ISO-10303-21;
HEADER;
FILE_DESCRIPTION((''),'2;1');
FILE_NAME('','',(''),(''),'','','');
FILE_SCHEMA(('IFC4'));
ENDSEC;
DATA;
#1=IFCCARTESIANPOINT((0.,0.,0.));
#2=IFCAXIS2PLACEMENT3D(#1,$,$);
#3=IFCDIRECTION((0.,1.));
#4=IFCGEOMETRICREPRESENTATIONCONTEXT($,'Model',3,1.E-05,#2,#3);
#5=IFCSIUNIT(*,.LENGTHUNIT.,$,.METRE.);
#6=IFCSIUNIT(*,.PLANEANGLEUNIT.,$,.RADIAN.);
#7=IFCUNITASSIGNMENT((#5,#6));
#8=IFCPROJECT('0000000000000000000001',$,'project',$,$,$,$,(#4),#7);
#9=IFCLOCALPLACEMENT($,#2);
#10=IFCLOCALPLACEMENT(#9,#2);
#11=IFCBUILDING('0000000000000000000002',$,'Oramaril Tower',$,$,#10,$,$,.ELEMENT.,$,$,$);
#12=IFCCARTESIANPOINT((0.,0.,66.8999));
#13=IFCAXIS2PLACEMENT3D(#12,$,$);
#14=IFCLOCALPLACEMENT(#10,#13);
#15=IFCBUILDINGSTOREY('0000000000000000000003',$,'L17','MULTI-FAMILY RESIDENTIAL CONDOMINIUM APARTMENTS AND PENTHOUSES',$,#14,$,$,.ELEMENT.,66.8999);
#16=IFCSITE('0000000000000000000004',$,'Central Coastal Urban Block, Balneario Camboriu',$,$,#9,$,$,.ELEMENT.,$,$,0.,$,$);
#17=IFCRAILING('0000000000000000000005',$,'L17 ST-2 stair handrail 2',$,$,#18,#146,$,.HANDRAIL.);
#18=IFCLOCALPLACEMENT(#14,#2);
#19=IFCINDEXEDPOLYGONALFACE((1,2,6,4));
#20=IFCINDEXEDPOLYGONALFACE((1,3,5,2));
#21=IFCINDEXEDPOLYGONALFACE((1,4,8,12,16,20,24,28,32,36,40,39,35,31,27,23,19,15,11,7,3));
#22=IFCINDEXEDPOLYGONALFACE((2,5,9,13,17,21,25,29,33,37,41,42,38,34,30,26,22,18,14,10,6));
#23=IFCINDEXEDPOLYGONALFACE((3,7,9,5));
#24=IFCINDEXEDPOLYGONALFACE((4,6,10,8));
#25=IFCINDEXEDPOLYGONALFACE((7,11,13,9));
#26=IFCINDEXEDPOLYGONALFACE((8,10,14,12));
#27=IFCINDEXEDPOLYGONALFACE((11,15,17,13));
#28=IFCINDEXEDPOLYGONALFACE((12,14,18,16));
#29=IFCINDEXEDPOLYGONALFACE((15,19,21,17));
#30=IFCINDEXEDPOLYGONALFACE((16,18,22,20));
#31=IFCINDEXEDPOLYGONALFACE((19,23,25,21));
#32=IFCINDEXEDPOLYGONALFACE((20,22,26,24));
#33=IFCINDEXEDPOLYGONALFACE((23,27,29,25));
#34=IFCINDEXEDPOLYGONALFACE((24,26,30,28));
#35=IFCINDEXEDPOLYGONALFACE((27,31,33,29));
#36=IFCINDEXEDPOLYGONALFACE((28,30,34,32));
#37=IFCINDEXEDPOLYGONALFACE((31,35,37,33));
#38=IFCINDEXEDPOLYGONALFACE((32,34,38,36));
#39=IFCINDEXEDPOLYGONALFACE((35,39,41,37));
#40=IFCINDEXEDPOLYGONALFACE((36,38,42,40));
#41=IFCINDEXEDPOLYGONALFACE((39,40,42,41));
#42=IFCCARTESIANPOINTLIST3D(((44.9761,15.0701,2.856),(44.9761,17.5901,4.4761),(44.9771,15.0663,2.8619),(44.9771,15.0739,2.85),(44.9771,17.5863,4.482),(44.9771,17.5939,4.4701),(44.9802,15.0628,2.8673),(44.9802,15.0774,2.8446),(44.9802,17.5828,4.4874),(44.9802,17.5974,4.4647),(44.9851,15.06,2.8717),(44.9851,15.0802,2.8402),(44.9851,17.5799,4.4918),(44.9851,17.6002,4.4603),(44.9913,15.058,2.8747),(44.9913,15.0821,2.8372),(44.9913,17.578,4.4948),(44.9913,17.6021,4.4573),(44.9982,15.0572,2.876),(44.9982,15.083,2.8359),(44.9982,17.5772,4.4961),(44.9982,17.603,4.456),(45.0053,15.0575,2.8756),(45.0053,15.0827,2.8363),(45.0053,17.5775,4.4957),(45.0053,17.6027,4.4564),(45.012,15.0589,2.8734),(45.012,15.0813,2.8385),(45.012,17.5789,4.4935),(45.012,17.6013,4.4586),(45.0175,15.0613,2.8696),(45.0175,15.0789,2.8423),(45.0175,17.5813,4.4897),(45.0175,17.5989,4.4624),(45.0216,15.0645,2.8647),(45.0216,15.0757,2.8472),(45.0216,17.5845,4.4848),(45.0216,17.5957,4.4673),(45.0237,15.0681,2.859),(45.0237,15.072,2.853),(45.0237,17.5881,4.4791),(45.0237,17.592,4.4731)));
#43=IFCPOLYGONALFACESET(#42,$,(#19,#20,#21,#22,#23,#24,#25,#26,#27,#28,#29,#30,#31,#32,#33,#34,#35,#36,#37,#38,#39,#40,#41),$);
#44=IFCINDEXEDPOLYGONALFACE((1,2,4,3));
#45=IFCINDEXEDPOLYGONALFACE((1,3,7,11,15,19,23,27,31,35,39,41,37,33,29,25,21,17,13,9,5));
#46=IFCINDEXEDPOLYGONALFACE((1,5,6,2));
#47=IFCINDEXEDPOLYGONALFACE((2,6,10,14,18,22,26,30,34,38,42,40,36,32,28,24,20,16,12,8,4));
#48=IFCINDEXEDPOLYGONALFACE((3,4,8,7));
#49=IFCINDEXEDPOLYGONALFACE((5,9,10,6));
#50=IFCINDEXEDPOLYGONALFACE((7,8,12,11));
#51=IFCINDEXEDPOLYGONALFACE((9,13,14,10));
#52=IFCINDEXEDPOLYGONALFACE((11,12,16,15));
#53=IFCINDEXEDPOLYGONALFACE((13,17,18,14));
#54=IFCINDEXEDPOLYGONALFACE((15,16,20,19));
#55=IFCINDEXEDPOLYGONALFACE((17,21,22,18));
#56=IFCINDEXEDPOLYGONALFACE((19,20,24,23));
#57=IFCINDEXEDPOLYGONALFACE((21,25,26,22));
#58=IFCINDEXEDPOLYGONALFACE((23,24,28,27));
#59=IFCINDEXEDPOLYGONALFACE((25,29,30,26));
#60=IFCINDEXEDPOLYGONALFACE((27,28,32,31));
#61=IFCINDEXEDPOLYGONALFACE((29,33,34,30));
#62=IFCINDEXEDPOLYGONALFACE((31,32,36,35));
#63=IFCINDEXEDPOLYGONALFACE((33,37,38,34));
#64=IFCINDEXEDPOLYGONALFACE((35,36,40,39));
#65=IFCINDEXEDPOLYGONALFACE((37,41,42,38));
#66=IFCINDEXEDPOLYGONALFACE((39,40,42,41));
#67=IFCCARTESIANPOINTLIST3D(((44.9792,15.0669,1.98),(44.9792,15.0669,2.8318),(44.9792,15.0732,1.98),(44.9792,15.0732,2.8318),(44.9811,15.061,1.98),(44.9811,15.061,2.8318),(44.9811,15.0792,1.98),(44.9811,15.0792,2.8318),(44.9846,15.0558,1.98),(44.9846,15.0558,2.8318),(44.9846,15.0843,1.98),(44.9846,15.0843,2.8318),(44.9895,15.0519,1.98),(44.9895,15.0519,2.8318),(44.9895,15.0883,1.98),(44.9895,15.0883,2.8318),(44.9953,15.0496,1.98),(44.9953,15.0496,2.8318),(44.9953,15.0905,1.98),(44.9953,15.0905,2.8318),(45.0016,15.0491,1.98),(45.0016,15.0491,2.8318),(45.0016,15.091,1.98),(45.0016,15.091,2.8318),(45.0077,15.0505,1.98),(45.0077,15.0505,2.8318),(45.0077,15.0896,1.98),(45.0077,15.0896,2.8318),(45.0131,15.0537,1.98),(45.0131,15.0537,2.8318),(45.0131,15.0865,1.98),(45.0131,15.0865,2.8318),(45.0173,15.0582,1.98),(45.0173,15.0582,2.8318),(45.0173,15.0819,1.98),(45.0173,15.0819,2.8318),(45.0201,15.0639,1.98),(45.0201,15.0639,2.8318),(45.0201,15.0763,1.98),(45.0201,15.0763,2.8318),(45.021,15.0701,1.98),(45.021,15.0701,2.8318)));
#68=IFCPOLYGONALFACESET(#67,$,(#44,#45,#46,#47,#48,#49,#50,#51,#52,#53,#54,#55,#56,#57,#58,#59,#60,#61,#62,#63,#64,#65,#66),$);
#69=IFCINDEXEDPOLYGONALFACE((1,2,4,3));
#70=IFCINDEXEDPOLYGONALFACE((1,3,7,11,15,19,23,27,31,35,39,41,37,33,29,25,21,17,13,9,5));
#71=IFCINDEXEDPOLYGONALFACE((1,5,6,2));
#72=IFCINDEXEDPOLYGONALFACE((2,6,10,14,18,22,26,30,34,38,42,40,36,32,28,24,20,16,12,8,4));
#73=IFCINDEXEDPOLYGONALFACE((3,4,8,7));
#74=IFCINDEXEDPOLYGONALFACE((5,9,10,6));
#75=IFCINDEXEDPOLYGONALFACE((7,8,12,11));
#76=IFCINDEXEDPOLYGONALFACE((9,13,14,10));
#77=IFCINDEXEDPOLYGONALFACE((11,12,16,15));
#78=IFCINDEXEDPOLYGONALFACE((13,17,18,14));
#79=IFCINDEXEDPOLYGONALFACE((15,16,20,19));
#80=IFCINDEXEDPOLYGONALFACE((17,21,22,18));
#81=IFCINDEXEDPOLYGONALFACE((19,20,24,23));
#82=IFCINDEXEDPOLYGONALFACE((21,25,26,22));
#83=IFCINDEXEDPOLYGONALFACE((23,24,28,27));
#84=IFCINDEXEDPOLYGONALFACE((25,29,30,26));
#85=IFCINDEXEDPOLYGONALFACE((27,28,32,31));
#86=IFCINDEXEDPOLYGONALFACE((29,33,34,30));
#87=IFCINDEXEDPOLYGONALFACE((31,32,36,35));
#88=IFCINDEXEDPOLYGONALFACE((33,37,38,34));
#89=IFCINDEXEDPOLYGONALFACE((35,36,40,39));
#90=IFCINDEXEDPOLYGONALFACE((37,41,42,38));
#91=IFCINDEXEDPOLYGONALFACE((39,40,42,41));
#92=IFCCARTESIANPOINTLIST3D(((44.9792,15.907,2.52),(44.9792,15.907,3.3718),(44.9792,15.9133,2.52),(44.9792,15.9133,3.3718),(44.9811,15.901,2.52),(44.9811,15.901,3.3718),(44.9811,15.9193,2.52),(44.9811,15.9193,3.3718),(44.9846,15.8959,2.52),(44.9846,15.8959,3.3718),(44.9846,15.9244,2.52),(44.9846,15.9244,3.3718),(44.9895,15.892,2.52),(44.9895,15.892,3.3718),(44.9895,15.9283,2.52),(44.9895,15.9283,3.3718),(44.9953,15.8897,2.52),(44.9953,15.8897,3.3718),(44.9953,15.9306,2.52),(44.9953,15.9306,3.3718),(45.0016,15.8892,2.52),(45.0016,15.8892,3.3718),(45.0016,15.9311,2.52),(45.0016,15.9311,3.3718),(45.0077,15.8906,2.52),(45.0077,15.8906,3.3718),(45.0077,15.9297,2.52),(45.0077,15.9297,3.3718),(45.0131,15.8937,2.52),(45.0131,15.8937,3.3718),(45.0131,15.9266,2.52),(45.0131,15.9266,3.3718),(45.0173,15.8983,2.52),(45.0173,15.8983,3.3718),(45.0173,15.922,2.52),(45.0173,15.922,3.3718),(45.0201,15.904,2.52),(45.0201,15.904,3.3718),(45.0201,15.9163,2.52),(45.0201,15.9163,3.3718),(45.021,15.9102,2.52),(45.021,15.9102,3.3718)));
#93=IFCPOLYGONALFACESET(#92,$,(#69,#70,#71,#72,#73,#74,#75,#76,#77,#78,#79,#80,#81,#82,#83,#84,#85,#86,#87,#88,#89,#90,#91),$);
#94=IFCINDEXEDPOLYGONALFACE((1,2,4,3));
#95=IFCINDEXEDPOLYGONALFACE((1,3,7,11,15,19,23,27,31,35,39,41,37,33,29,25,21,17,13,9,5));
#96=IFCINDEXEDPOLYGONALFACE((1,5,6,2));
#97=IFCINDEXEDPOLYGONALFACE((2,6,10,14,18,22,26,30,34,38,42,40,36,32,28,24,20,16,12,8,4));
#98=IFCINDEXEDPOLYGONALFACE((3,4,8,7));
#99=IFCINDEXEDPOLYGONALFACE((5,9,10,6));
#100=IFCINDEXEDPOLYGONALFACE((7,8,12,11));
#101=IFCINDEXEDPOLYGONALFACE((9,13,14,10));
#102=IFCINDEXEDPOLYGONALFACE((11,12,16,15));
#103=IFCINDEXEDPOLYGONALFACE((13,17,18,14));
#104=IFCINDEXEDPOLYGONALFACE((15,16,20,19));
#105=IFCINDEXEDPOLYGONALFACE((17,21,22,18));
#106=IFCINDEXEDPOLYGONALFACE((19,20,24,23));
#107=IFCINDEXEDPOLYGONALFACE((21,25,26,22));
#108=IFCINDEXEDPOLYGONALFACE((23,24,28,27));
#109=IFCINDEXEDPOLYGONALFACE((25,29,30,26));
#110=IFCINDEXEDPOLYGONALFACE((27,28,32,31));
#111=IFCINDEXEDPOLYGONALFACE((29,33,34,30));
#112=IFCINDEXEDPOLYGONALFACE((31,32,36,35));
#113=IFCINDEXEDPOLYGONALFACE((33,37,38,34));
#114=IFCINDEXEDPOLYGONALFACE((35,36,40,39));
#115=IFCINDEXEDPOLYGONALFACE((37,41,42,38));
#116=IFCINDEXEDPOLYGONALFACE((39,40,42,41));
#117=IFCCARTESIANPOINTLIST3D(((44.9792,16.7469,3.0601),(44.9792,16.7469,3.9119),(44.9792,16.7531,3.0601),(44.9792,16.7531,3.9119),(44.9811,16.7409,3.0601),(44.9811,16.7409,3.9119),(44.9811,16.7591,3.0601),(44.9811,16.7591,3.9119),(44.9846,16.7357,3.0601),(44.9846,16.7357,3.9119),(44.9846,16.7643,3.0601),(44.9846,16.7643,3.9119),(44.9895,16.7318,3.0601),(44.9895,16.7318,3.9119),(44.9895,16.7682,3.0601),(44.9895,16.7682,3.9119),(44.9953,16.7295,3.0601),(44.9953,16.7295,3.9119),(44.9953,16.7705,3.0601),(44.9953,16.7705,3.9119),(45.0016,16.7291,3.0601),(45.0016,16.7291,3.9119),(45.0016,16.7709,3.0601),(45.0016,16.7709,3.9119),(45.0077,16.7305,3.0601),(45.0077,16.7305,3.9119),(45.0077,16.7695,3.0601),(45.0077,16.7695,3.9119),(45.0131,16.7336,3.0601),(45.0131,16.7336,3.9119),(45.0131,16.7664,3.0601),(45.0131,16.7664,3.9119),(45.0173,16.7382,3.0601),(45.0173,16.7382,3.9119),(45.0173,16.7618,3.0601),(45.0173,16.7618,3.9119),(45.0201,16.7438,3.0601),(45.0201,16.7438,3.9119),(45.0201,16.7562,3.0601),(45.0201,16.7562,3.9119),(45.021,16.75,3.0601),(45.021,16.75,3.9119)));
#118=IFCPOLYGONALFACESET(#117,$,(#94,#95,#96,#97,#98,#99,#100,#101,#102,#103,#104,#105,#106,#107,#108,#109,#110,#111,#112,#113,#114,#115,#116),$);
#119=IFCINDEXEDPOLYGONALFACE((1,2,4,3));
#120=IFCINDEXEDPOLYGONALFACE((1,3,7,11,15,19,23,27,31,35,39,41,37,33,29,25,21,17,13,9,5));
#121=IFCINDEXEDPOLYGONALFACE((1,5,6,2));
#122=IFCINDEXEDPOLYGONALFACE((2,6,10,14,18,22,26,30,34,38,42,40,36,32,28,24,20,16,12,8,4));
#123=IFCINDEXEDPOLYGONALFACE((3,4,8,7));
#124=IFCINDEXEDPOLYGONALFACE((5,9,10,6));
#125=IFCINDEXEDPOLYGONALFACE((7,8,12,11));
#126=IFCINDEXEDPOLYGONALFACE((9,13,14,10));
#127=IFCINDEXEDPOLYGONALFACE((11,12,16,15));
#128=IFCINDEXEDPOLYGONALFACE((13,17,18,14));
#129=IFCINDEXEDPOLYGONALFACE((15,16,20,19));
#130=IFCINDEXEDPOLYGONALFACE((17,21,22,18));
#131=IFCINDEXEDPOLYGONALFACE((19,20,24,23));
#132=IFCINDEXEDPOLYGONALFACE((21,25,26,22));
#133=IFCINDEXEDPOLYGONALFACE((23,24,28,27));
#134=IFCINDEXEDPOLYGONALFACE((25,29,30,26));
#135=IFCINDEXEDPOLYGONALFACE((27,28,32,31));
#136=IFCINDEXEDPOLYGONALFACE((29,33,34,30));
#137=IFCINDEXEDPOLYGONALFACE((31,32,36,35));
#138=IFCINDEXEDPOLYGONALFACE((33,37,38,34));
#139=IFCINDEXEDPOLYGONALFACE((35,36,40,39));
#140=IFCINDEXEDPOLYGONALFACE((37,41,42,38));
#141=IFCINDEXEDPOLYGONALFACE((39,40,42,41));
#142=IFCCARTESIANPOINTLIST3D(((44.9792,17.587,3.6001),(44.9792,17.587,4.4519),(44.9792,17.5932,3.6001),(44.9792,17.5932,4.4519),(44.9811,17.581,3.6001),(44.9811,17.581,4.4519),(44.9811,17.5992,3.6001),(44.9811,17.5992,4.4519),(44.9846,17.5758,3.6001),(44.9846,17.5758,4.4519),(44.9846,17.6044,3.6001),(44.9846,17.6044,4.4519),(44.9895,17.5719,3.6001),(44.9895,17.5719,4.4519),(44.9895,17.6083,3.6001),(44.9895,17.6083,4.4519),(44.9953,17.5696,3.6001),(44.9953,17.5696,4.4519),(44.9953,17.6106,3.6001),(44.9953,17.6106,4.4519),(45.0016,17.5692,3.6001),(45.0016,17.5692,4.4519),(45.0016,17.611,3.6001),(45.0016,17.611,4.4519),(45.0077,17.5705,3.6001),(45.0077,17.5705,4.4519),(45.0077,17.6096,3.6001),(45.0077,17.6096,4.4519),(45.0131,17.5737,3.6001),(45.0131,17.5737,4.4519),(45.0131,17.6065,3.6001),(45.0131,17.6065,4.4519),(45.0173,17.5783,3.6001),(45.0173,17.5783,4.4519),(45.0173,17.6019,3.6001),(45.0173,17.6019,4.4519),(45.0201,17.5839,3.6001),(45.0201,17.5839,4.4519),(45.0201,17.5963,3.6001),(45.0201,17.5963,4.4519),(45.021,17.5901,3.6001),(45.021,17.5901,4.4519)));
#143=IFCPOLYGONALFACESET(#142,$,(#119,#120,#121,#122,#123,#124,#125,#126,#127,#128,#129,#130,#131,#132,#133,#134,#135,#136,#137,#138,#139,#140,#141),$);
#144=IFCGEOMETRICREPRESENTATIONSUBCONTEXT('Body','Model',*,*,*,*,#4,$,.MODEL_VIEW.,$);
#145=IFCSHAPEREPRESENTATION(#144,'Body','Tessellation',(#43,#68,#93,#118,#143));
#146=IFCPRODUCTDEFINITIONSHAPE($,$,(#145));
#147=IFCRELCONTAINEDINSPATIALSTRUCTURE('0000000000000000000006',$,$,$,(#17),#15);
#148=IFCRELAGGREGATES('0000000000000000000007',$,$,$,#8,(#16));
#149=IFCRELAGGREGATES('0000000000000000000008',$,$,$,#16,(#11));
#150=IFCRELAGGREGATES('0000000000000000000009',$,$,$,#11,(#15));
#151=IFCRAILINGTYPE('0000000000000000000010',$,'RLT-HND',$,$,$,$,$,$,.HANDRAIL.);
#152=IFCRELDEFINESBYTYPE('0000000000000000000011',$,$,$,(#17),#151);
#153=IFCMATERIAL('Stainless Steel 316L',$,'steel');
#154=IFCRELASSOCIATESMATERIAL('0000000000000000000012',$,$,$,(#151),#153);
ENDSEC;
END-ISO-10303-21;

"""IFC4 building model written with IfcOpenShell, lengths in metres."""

from ifc_helpers import new_model, si_unit, direction, frame, origin, origin_2d, place, context, subcontext, project, spatial, circle, extrude, material, type_object, element, save


model = new_model("IFC4")

# Units and contexts
model_context = context("Model", 3, precision=1e-05, world=origin(), true_north=direction((0.0, 1.0)))
body_context = subcontext(model_context, "Body", "Model", "MODEL_VIEW")
ifc_project = project(units=[si_unit("LENGTHUNIT", "METRE"), si_unit("PLANEANGLEUNIT", "RADIAN")], contexts=[model_context])

# Site, building, storey
site_placement = place(None, origin())
site = spatial("IfcSite", under=ifc_project, at=site_placement, Name="Central Coastal Urban Block, Balneario Camboriu", CompositionType="ELEMENT", RefElevation=0.0)
building_placement = place(site_placement, origin())
building = spatial("IfcBuilding", under=site, at=building_placement, Name="Oramaril Tower", CompositionType="ELEMENT")
storey_placement = place(building_placement, frame((0.0, 0.0, 66.8999)))
storey = spatial("IfcBuildingStorey", under=building, at=storey_placement, Name="L17", Description="MULTI-FAMILY RESIDENTIAL CONDOMINIUM APARTMENTS AND PENTHOUSES", CompositionType="ELEMENT", Elevation=66.8999)

# Railing
ifc_material_1 = material(Name="Stainless Steel 316L", Category="steel")
railing_type_1 = type_object("IfcRailingType", Name="RLT-HND", PredefinedType="HANDRAIL", material=ifc_material_1)
railing_1_placement = place(storey_placement, frame((45.0, 15.0701, 1.98)))
element("IfcRailing", 1, at=railing_1_placement, inside=storey, type_object=railing_type_1, Name="L17 ST-2 stair handrail 2", PredefinedType="HANDRAIL", context=body_context, shape_type="SweptSolid", body=[
    extrude(circle(Radius=0.0239, at=origin_2d()), frame((0.0, 0.0, 0.876), z_axis=(0.0, 0.841163, 0.540782), x_axis=(-1.0, 0.0, 0.0)), (0.0, 0.0, 1.0), 2.9958),
    extrude(circle(Radius=0.021, at=origin_2d()), origin(), (0.0, 0.0, 1.0), 0.8518),
    extrude(circle(Radius=0.021, at=origin_2d()), frame((0.0, 0.8401, 0.54)), (0.0, 0.0, 1.0), 0.8518),
    extrude(circle(Radius=0.021, at=origin_2d()), frame((0.0, 1.6799, 1.0801)), (0.0, 0.0, 1.0), 0.8518),
    extrude(circle(Radius=0.021, at=origin_2d()), frame((0.0, 2.52, 1.6201)), (0.0, 0.0, 1.0), 0.8518),
])

save(model, "model.ifc")
